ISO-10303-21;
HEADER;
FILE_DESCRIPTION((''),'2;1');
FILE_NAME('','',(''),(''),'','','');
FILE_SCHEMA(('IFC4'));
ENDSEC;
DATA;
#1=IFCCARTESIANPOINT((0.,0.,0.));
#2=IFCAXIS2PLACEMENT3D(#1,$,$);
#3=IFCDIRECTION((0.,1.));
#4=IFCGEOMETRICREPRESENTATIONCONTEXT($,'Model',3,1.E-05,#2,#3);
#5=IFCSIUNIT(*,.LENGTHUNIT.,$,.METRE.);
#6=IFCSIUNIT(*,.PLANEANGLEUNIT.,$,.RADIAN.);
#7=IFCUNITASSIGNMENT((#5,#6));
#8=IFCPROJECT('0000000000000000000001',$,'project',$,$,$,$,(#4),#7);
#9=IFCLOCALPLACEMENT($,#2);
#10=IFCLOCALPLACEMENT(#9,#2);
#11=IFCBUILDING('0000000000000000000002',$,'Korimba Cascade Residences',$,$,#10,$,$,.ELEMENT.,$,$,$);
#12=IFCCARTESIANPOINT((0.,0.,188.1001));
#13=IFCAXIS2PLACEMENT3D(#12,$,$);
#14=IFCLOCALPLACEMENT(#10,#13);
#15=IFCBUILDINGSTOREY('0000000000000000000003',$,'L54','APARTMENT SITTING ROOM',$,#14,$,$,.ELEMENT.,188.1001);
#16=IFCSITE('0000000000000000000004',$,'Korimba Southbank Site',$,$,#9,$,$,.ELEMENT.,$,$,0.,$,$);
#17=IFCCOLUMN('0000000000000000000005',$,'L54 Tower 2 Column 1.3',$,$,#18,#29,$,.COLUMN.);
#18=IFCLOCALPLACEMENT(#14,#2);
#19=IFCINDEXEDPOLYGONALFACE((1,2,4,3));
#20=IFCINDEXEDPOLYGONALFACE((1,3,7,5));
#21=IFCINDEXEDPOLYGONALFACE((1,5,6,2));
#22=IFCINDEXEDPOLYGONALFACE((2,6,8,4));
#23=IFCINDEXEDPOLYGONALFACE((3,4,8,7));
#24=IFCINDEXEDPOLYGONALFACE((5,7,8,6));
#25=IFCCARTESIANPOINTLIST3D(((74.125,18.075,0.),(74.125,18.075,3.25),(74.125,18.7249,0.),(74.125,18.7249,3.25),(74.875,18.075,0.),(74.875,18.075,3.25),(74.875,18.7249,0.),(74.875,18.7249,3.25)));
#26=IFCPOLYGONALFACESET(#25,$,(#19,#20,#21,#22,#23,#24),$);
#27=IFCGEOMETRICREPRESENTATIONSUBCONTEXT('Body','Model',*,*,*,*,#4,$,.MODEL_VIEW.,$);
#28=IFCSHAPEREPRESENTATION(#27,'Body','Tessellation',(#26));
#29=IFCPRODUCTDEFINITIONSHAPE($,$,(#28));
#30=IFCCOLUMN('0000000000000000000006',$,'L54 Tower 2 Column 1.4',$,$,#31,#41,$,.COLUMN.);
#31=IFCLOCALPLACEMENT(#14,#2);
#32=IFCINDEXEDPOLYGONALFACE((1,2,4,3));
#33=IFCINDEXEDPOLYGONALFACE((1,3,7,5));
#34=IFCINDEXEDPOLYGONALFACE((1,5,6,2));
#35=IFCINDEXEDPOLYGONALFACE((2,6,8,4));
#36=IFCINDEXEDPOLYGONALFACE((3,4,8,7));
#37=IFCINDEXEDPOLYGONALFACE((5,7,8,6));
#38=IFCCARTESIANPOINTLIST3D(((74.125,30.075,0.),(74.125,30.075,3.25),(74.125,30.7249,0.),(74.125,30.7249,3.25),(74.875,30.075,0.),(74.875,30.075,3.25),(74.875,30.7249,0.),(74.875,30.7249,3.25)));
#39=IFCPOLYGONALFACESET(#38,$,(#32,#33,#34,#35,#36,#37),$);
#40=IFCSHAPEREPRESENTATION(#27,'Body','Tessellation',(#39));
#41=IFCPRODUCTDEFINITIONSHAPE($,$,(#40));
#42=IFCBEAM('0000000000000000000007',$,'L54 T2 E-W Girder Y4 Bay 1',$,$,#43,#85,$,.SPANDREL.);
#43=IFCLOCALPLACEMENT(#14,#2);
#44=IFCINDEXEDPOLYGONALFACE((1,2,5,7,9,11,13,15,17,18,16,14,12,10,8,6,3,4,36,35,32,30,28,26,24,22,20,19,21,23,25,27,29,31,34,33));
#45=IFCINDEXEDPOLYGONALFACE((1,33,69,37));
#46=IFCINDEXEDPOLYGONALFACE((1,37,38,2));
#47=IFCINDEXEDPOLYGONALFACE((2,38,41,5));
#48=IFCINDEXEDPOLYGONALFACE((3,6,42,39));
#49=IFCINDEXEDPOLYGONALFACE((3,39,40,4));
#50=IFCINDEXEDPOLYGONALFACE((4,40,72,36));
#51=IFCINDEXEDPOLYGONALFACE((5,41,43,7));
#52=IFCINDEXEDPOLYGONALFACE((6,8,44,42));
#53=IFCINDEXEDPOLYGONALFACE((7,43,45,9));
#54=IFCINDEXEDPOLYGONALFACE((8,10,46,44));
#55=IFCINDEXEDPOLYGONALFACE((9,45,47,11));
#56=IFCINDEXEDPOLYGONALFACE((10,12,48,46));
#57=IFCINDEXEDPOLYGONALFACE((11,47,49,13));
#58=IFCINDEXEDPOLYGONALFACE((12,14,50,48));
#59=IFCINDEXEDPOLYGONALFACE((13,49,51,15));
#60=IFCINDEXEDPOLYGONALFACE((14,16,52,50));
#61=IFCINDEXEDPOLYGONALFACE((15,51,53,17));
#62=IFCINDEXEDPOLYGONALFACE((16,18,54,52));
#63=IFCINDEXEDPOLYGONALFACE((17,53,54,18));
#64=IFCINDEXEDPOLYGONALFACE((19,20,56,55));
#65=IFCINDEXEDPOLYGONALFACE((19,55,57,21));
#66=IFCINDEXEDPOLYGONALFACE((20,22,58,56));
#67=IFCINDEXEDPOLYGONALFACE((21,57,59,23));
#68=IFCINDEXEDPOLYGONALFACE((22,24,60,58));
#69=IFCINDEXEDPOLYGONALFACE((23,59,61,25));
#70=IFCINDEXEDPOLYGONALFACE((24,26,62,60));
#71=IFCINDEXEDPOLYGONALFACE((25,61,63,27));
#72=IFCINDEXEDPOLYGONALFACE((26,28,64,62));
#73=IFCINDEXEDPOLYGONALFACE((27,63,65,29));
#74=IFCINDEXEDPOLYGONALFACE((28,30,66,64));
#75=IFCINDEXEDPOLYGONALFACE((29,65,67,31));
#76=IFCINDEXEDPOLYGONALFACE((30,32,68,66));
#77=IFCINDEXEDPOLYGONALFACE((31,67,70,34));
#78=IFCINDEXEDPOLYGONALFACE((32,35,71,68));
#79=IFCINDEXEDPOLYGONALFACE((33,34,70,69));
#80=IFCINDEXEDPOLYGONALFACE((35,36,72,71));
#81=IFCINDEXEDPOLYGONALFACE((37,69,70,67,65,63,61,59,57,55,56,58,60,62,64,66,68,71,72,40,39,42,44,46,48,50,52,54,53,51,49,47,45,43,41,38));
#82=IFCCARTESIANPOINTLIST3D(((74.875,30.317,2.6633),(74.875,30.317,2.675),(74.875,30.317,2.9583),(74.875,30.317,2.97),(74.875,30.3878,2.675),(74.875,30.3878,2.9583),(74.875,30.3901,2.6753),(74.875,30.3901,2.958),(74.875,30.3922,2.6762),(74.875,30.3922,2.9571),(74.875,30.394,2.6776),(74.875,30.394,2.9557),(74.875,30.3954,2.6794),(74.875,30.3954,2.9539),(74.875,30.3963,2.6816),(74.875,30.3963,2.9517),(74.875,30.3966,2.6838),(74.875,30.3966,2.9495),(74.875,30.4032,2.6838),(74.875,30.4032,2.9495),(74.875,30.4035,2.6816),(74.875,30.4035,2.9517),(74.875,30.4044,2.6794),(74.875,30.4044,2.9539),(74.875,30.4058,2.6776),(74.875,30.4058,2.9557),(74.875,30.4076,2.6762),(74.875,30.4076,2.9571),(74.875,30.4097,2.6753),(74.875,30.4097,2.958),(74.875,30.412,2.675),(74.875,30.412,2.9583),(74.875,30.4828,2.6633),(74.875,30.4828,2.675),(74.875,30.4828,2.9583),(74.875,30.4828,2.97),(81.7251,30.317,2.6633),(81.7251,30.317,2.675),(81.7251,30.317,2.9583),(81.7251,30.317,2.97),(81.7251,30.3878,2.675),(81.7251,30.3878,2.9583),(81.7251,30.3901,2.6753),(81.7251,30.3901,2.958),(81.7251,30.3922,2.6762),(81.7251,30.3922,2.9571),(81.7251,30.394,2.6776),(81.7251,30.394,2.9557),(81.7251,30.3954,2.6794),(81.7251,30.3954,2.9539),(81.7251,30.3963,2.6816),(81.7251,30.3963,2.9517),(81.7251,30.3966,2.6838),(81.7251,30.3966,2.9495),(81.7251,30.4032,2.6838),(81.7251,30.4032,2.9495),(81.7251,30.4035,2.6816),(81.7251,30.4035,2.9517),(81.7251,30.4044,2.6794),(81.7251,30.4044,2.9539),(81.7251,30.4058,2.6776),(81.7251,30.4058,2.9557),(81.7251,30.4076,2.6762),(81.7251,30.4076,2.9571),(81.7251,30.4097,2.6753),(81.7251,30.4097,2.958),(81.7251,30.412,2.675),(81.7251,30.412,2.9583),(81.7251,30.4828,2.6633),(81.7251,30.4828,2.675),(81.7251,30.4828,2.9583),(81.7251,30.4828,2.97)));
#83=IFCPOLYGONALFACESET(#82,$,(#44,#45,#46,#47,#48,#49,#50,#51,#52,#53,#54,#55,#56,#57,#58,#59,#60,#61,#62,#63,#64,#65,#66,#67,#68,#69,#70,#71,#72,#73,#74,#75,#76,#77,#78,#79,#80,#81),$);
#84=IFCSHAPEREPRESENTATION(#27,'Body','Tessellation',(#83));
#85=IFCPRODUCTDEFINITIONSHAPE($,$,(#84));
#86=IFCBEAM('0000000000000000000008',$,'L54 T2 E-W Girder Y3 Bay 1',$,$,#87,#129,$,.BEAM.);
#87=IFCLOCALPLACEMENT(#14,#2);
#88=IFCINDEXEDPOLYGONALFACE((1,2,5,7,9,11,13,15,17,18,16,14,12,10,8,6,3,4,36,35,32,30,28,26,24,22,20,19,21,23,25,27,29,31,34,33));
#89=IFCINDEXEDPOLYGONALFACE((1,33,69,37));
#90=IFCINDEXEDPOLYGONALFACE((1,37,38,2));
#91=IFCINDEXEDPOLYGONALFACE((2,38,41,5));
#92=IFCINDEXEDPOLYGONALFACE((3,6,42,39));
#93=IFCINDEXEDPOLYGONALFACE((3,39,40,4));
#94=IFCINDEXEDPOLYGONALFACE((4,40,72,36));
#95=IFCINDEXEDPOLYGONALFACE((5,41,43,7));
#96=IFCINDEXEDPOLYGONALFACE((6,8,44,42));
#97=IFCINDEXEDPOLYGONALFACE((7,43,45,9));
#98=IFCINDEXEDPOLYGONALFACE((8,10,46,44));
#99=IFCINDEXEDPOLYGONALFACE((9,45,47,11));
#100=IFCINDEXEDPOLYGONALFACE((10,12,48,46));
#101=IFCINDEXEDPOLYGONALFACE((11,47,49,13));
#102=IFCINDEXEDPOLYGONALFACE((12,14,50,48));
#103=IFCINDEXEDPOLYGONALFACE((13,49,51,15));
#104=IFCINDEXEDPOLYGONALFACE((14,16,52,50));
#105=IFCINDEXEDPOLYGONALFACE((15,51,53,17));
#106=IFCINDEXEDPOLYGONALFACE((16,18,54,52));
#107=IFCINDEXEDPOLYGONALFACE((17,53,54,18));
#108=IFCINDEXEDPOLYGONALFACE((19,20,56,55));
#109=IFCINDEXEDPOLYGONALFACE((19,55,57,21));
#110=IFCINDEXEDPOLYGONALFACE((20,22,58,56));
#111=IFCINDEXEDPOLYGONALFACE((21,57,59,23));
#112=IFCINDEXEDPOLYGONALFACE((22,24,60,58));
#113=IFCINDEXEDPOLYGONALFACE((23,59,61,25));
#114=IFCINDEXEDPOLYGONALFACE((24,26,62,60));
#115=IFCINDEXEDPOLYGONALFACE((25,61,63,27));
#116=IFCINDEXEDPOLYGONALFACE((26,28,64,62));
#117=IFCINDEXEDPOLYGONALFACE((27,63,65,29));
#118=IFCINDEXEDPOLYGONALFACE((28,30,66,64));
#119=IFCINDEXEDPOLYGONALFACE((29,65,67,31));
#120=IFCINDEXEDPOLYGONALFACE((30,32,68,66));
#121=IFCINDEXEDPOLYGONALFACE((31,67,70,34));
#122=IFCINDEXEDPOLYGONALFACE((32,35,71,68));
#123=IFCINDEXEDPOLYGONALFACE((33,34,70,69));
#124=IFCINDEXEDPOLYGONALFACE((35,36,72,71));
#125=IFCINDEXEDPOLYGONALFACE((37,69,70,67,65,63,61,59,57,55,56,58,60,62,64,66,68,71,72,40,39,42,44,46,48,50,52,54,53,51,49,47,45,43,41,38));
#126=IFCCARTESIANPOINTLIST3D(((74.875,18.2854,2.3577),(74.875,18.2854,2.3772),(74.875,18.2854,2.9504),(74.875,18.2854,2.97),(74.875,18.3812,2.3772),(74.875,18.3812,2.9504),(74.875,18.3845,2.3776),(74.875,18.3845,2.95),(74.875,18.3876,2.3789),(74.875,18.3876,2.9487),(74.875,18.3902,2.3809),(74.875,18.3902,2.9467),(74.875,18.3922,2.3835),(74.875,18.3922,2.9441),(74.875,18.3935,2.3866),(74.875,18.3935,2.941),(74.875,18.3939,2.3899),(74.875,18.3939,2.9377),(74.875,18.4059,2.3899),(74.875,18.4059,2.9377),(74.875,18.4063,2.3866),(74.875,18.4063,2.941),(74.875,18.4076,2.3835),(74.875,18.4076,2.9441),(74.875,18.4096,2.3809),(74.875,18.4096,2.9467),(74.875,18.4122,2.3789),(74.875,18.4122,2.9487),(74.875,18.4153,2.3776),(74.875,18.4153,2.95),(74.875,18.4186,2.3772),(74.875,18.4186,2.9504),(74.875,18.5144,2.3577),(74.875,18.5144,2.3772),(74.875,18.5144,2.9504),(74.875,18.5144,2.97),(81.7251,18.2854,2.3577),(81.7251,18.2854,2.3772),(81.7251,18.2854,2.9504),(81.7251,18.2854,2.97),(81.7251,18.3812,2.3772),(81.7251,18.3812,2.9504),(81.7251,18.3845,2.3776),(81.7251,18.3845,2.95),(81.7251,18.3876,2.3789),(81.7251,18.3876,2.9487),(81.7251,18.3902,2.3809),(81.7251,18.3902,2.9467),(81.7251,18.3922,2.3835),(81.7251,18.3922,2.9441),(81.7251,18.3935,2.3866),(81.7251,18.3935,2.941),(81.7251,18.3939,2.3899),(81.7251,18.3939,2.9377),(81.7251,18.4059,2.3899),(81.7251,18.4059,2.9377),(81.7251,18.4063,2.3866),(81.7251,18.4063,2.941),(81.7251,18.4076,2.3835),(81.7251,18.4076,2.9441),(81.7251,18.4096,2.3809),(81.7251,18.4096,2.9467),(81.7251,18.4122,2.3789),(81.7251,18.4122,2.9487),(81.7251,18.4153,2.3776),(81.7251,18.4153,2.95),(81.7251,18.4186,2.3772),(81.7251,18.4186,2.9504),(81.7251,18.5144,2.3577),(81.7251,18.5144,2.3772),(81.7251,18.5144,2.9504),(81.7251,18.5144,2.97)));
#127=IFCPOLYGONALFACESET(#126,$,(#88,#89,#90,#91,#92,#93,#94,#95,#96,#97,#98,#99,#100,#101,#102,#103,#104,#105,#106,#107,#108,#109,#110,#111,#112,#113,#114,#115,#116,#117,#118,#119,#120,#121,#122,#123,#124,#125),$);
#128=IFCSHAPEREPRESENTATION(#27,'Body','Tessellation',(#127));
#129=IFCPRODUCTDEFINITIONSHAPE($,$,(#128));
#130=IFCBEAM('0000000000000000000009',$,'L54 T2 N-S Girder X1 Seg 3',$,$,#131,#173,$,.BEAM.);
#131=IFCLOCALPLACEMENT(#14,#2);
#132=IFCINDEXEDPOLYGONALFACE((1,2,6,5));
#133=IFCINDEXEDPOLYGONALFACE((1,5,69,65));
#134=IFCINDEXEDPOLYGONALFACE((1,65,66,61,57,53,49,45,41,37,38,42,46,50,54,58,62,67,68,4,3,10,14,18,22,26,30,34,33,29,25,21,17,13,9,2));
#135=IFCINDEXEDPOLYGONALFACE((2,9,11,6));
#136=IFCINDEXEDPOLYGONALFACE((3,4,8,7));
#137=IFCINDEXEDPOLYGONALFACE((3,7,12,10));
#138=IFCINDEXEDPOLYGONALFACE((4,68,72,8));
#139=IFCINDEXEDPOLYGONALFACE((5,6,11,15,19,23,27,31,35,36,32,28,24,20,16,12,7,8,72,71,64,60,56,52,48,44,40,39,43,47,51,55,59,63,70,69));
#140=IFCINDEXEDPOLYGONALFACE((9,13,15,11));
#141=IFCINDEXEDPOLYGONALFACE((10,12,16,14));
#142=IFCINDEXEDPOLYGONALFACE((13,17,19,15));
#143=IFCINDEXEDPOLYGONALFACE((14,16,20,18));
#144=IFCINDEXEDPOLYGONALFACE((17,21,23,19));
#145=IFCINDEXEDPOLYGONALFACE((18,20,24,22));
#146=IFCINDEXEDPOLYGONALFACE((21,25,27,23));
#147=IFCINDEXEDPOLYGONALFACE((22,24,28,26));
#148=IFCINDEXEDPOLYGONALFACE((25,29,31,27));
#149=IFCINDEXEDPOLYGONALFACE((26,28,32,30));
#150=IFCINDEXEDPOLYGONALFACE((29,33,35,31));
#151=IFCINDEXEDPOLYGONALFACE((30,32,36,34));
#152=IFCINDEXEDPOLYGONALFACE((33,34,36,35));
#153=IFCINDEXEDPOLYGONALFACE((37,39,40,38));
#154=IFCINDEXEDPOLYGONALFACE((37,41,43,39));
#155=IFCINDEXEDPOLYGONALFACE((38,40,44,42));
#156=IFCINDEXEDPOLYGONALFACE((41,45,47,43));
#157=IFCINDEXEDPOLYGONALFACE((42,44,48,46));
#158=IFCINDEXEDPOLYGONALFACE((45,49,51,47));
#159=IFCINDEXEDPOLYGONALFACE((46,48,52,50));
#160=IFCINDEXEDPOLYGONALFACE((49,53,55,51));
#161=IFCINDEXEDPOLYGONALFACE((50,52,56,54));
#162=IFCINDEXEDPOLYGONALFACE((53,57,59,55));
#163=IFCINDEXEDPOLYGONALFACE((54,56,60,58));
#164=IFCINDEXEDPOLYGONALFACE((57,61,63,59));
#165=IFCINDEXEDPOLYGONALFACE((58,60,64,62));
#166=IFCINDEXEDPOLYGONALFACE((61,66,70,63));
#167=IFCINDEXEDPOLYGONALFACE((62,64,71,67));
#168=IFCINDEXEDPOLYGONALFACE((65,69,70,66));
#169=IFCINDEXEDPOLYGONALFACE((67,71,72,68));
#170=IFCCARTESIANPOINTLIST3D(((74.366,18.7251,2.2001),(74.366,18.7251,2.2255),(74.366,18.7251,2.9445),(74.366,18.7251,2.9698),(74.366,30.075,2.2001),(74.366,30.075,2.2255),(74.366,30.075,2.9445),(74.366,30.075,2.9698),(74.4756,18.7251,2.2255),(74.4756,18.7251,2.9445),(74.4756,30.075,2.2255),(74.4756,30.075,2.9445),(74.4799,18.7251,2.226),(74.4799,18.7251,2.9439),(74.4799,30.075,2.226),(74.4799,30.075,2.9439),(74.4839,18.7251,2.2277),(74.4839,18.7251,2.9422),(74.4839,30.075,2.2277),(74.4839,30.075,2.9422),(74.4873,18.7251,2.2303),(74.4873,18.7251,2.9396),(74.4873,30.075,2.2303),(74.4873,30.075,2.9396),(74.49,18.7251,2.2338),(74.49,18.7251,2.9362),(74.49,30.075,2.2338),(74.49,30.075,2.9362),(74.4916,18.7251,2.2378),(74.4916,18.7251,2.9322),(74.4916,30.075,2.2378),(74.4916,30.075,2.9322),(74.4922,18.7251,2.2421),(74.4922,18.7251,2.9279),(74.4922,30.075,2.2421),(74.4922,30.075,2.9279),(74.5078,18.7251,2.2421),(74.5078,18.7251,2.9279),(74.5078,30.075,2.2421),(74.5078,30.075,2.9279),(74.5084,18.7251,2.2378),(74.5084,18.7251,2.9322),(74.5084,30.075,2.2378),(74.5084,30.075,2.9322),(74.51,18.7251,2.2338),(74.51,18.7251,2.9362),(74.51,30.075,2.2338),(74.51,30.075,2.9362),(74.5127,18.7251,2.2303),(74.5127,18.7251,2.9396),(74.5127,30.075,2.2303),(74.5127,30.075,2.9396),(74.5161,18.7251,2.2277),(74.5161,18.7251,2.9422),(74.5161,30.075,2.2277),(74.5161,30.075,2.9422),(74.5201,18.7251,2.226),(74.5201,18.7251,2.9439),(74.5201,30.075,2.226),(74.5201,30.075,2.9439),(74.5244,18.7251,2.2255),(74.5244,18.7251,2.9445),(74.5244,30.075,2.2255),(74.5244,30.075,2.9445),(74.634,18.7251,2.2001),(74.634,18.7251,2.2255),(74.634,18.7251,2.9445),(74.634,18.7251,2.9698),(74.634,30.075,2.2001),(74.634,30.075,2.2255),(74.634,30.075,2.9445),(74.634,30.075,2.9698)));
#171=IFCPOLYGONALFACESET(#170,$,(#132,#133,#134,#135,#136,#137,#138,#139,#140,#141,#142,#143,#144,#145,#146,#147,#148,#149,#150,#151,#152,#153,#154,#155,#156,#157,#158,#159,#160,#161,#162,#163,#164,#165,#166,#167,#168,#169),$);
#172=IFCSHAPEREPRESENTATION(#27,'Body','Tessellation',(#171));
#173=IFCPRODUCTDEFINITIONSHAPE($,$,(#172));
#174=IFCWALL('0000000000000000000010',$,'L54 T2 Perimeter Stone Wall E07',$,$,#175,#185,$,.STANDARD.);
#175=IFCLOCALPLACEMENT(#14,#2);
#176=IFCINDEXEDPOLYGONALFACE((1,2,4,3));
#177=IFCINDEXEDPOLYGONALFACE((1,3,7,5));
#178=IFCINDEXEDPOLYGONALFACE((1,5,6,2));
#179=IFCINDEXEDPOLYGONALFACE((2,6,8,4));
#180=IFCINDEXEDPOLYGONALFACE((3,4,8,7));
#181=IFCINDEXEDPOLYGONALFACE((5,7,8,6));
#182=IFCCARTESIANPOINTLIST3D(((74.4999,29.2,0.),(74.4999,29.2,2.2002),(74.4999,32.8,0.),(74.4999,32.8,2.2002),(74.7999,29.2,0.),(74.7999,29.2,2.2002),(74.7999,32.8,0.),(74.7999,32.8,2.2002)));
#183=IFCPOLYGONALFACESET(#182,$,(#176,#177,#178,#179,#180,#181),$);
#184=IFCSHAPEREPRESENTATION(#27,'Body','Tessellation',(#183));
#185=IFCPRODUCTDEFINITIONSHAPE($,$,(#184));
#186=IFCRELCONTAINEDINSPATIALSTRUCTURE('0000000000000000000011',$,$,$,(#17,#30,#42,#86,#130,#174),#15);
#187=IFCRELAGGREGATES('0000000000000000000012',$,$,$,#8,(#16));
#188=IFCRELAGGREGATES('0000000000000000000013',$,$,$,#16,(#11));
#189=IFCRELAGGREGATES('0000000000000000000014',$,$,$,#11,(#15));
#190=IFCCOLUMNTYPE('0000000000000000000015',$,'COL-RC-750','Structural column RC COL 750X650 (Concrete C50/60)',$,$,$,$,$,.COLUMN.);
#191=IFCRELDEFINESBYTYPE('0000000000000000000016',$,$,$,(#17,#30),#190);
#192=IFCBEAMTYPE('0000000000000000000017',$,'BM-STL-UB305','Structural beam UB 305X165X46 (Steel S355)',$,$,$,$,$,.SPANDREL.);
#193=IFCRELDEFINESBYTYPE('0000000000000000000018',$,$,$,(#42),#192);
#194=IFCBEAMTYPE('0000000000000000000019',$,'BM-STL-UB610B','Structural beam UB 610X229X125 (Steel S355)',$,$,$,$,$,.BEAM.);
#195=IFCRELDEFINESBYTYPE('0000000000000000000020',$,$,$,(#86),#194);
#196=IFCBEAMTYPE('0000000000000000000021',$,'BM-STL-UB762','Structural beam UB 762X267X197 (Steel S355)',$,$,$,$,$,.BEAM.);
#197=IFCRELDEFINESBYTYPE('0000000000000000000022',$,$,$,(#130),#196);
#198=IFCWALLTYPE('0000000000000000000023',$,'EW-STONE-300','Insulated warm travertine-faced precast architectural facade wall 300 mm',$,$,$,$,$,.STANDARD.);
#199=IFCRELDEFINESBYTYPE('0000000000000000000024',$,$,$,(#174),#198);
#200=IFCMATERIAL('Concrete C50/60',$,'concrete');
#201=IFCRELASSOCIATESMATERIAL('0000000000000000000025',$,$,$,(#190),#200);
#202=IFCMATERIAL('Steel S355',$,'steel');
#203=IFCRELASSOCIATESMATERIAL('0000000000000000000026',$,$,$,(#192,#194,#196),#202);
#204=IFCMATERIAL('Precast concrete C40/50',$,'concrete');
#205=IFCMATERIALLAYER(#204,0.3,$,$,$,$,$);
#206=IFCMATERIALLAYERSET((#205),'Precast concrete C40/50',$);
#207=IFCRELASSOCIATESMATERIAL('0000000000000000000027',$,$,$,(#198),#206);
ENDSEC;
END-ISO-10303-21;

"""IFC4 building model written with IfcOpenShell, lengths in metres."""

from ifc_helpers import new_model, si_unit, direction, frame, frame_2d, origin, origin_2d, place, context, subcontext, project, spatial, rectangle, i_section, extrude, material, layer, layer_set, material_profile, profile_set, type_object, element, save


model = new_model("IFC4")

# Units and contexts
model_context = context("Model", 3, precision=1e-05, world=origin(), true_north=direction((0.0, 1.0)))
body_context = subcontext(model_context, "Body", "Model", "MODEL_VIEW")
ifc_project = project(units=[si_unit("LENGTHUNIT", "METRE"), si_unit("PLANEANGLEUNIT", "RADIAN")], contexts=[model_context])

# Site, building, storey
site_placement = place(None, origin())
site = spatial("IfcSite", under=ifc_project, at=site_placement, Name="Korimba Southbank Site", CompositionType="ELEMENT", RefElevation=0.0)
building_placement = place(site_placement, origin())
building = spatial("IfcBuilding", under=site, at=building_placement, Name="Korimba Cascade Residences", CompositionType="ELEMENT")
storey_placement = place(building_placement, frame((0.0, 0.0, 188.1001)))
storey = spatial("IfcBuildingStorey", under=building, at=storey_placement, Name="L54", Description="APARTMENT SITTING ROOM", CompositionType="ELEMENT", Elevation=188.1001)

# Columns
ifc_material_1 = material(Name="Concrete C50/60", Category="concrete")
ifc_material_profile_1 = material_profile(ifc_material_1, rectangle(XDim=0.75, YDim=0.6499, at=origin_2d()), Name="Concrete C50/60")
ifc_profile_set_1 = profile_set([ifc_material_profile_1], Name="Concrete C50/60")
column_type = type_object("IfcColumnType", Name="COL-RC-750", Description="Structural column RC COL 750X650 (Concrete C50/60)", PredefinedType="COLUMN", material=ifc_profile_set_1)
for number, where, z_axis, x_axis, name in (
    (1, (74.5, 18.3999, 0.0), (0.0, 0.0, 1.0), (1.0, 0.0, 0.0), "L54 Tower 2 Column 1.3"),
    (2, (74.5, 30.3999, 0.0), (0.0, 0.0, 1.0), (1.0, 0.0, 0.0), "L54 Tower 2 Column 1.4"),
):
    element("IfcColumn", number, at=place(storey_placement, frame(where, z_axis=z_axis, x_axis=x_axis)), inside=storey, type_object=column_type, Name=name, PredefinedType="COLUMN", context=body_context, shape_type="SweptSolid", body=[
        extrude(rectangle(XDim=0.75, YDim=0.6499, at=origin_2d()), origin(), (0.0, 0.0, 1.0), 3.25),
    ])

# Beams
ifc_material_2 = material(Name="Steel S355", Category="steel")
ifc_material_profile_2 = material_profile(ifc_material_2, i_section(OverallWidth=0.1658, OverallDepth=0.3066, WebThickness=0.0066, FlangeThickness=0.0117, FilletRadius=0.0088, at=origin_2d()), Name="Steel S355")
ifc_profile_set_2 = profile_set([ifc_material_profile_2], Name="Steel S355")
beam_type_1 = type_object("IfcBeamType", Name="BM-STL-UB305", Description="Structural beam UB 305X165X46 (Steel S355)", PredefinedType="SPANDREL", material=ifc_profile_set_2)
beam_1_placement = place(storey_placement, frame((74.875, 30.3999, 2.8167), z_axis=(1.0, 0.0, 0.0), x_axis=(0.0, 1.0, 0.0)))
element("IfcBeam", 3, at=beam_1_placement, inside=storey, type_object=beam_type_1, Name="L54 T2 E-W Girder Y4 Bay 1", PredefinedType="SPANDREL", context=body_context, shape_type="SweptSolid", body=[
    extrude(i_section(OverallWidth=0.1658, OverallDepth=0.3066, WebThickness=0.0066, FlangeThickness=0.0117, FilletRadius=0.0088, at=origin_2d()), origin(), (0.0, 0.0, 1.0), 6.8501),
])
ifc_material_profile_3 = material_profile(ifc_material_2, i_section(OverallWidth=0.229, OverallDepth=0.6123, WebThickness=0.012, FlangeThickness=0.0195, FilletRadius=0.0127, at=origin_2d()), Name="Steel S355")
ifc_profile_set_3 = profile_set([ifc_material_profile_3], Name="Steel S355")
beam_type_2 = type_object("IfcBeamType", Name="BM-STL-UB610B", Description="Structural beam UB 610X229X125 (Steel S355)", PredefinedType="BEAM", material=ifc_profile_set_3)
beam_2_placement = place(storey_placement, frame((74.875, 18.3999, 2.6638), z_axis=(1.0, 0.0, 0.0), x_axis=(0.0, 1.0, 0.0)))
element("IfcBeam", 4, at=beam_2_placement, inside=storey, type_object=beam_type_2, Name="L54 T2 E-W Girder Y3 Bay 1", PredefinedType="BEAM", context=body_context, shape_type="SweptSolid", body=[
    extrude(i_section(OverallWidth=0.229, OverallDepth=0.6123, WebThickness=0.012, FlangeThickness=0.0195, FilletRadius=0.0127, at=origin_2d()), origin(), (0.0, 0.0, 1.0), 6.8501),
])
ifc_material_profile_4 = material_profile(ifc_material_2, i_section(OverallWidth=0.2681, OverallDepth=0.7698, WebThickness=0.0156, FlangeThickness=0.0254, FilletRadius=0.0166, at=origin_2d()), Name="Steel S355")
ifc_profile_set_4 = profile_set([ifc_material_profile_4], Name="Steel S355")
beam_type_3 = type_object("IfcBeamType", Name="BM-STL-UB762", Description="Structural beam UB 762X267X197 (Steel S355)", PredefinedType="BEAM", material=ifc_profile_set_4)
beam_3_placement = place(storey_placement, frame((74.5, 18.7251, 2.585), z_axis=(0.0, 1.0, 0.0), x_axis=(-1.0, 0.0, 0.0)))
element("IfcBeam", 5, at=beam_3_placement, inside=storey, type_object=beam_type_3, Name="L54 T2 N-S Girder X1 Seg 3", PredefinedType="BEAM", context=body_context, shape_type="SweptSolid", body=[
    extrude(i_section(OverallWidth=0.2681, OverallDepth=0.7698, WebThickness=0.0156, FlangeThickness=0.0254, FilletRadius=0.0166, at=origin_2d()), origin(), (0.0, 0.0, 1.0), 11.3499),
])

# Wall
ifc_material_3 = material(Name="Precast concrete C40/50", Category="concrete")
ifc_layer_1 = layer(ifc_material_3, 0.3)
ifc_layer_set_1 = layer_set([ifc_layer_1], Name="Precast concrete C40/50")
wall_type_1 = type_object("IfcWallType", Name="EW-STONE-300", Description="Insulated warm travertine-faced precast architectural facade wall 300 mm", PredefinedType="STANDARD", material=ifc_layer_set_1)
wall_1_placement = place(storey_placement, frame((74.6499, 32.8, 0.0), z_axis=(0.0, 0.0, 1.0), x_axis=(0.0, -1.0, 0.0)))
element("IfcWall", 6, at=wall_1_placement, inside=storey, type_object=wall_type_1, Name="L54 T2 Perimeter Stone Wall E07", PredefinedType="STANDARD", context=body_context, shape_type="SweptSolid", body=[
    extrude(rectangle(XDim=3.6001, YDim=0.3, at=frame_2d((1.8, 0.0))), origin(), (0.0, 0.0, 1.0), 2.2002),
])

save(model, "model.ifc")
